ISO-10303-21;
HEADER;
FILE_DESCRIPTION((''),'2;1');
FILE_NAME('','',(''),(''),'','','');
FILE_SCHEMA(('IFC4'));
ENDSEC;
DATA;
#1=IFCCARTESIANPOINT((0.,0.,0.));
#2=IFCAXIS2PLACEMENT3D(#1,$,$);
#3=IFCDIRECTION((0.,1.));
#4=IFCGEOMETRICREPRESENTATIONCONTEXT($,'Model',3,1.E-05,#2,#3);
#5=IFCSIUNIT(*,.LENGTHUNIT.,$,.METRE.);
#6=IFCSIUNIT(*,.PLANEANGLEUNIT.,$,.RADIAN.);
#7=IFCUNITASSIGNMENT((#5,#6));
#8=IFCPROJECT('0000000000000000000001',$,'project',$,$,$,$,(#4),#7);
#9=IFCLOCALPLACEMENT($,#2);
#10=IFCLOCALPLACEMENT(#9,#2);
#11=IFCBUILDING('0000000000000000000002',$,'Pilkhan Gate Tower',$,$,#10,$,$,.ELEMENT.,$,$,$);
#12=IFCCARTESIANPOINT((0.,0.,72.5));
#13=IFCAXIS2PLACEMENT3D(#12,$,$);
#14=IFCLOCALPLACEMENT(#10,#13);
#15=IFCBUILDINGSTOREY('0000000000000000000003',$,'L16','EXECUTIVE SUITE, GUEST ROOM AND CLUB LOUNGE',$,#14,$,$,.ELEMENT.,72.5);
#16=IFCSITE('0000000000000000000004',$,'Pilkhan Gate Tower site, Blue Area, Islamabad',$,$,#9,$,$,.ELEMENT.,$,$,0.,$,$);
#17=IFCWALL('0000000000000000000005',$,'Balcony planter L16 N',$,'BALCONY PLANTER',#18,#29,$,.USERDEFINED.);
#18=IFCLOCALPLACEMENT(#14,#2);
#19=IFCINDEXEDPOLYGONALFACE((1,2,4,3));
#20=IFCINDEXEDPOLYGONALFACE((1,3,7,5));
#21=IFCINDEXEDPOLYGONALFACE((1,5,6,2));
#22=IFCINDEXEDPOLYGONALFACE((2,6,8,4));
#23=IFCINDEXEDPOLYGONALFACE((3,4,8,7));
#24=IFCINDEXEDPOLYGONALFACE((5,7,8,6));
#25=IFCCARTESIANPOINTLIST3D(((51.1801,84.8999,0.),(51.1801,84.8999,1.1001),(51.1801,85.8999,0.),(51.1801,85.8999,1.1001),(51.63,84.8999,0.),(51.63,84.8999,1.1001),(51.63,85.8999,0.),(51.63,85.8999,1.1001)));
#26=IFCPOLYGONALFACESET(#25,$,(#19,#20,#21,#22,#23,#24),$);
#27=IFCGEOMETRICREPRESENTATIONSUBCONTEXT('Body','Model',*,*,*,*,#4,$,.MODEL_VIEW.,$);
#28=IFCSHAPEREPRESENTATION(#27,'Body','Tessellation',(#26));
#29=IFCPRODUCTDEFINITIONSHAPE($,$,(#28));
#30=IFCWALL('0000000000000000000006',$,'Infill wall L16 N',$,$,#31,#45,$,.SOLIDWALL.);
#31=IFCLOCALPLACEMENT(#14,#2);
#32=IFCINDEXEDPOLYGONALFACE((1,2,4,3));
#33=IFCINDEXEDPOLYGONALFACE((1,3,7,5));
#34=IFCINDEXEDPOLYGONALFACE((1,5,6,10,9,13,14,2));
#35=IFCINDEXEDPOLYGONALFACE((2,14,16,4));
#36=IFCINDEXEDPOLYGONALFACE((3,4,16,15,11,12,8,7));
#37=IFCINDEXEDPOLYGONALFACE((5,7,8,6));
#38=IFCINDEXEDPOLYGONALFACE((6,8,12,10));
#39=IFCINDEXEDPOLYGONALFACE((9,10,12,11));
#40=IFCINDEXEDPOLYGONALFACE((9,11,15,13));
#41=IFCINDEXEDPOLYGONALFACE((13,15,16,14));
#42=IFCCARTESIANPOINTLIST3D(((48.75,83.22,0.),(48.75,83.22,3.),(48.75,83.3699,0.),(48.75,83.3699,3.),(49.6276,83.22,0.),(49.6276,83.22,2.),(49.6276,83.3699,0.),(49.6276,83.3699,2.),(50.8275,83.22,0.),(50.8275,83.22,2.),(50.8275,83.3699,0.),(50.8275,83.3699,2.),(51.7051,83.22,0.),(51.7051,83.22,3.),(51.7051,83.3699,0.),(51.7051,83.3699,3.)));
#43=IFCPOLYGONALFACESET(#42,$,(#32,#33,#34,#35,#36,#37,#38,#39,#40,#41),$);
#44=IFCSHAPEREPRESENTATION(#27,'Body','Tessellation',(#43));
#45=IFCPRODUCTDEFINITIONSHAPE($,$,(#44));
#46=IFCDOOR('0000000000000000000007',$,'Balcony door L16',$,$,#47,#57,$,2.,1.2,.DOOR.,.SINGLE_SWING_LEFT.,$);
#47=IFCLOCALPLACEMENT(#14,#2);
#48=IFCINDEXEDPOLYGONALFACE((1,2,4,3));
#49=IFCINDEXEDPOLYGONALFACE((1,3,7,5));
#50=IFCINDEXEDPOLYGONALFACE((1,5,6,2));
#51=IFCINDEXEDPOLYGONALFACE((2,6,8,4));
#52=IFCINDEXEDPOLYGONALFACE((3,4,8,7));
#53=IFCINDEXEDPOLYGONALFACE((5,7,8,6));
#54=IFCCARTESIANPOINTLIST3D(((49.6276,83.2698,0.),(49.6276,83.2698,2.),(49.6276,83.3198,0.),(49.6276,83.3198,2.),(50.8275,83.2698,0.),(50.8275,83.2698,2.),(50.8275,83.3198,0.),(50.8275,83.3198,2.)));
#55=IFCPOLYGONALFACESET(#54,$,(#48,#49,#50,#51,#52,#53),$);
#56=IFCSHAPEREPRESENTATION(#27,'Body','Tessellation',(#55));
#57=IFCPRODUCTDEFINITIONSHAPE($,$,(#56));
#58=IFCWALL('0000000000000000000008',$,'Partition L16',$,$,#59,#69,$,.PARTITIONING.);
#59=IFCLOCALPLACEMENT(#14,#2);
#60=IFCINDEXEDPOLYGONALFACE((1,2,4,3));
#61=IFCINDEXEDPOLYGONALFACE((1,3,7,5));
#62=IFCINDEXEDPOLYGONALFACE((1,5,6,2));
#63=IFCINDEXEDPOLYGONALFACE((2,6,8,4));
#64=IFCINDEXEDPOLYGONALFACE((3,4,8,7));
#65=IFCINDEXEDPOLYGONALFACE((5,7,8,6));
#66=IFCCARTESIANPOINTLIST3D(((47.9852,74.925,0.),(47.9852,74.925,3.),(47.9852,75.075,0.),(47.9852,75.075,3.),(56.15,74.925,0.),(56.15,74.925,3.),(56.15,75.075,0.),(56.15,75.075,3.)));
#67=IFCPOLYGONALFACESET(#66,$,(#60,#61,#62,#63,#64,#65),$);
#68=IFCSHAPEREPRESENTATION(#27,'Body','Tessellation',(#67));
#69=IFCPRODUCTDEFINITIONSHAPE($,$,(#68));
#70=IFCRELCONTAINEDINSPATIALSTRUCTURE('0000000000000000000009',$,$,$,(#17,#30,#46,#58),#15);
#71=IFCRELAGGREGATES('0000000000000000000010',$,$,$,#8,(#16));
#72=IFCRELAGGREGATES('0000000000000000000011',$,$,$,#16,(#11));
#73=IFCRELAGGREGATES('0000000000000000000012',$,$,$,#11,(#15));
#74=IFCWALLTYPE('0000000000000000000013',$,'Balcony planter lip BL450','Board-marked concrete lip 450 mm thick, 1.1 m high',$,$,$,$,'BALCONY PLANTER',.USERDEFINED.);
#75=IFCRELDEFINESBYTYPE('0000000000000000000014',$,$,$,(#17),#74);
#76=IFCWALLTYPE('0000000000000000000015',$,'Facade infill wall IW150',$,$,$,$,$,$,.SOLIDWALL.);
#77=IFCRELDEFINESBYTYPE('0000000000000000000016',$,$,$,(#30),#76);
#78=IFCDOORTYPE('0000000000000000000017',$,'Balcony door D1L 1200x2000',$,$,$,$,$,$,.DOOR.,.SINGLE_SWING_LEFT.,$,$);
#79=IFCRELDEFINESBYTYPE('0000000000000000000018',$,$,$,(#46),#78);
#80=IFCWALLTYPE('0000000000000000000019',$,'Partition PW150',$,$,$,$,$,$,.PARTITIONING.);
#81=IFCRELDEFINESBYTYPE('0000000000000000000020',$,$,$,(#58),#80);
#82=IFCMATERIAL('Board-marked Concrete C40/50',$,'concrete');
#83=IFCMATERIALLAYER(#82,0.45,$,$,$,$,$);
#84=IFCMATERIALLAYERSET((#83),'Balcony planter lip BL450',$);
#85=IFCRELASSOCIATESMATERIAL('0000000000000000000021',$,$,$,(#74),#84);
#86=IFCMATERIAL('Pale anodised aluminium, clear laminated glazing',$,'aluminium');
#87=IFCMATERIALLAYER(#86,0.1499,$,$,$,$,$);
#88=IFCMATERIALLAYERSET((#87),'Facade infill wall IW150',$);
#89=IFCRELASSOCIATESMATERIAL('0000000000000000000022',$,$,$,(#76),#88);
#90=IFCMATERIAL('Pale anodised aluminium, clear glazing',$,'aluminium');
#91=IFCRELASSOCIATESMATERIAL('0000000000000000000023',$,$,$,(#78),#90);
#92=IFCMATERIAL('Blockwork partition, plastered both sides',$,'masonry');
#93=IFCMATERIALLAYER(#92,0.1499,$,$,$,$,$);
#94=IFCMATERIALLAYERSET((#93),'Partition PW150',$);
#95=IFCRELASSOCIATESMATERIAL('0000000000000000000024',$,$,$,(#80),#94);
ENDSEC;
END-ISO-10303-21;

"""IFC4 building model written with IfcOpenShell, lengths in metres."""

from ifc_helpers import new_model, si_unit, direction, frame, frame_2d, origin, place, context, subcontext, project, spatial, rectangle, extrude, material, layer, layer_set, type_object, element, fill, save


model = new_model("IFC4")

# Units and contexts
model_context = context("Model", 3, precision=1e-05, world=origin(), true_north=direction((0.0, 1.0)))
body_context = subcontext(model_context, "Body", "Model", "MODEL_VIEW")
ifc_project = project(units=[si_unit("LENGTHUNIT", "METRE"), si_unit("PLANEANGLEUNIT", "RADIAN")], contexts=[model_context])

# Site, building, storey
site_placement = place(None, origin())
site = spatial("IfcSite", under=ifc_project, at=site_placement, Name="Pilkhan Gate Tower site, Blue Area, Islamabad", CompositionType="ELEMENT", RefElevation=0.0)
building_placement = place(site_placement, origin())
building = spatial("IfcBuilding", under=site, at=building_placement, Name="Pilkhan Gate Tower", CompositionType="ELEMENT")
storey_placement = place(building_placement, frame((0.0, 0.0, 72.5)))
storey = spatial("IfcBuildingStorey", under=building, at=storey_placement, Name="L16", Description="EXECUTIVE SUITE, GUEST ROOM AND CLUB LOUNGE", CompositionType="ELEMENT", Elevation=72.5)

# Wall
ifc_material_1 = material(Name="Board-marked Concrete C40/50", Category="concrete")
ifc_layer_1 = layer(ifc_material_1, 0.45)
ifc_layer_set_1 = layer_set([ifc_layer_1], Name="Balcony planter lip BL450")
wall_type_1 = type_object("IfcWallType", Name="Balcony planter lip BL450", Description="Board-marked concrete lip 450 mm thick, 1.1 m high", ElementType="BALCONY PLANTER", PredefinedType="USERDEFINED", material=ifc_layer_set_1)
for number, where, z_axis, x_axis, name in (
    (1, (51.405, 84.8999, 0.0), (0.0, 0.0, 1.0), (0.0, 1.0, 0.0), "Balcony planter L16 N"),
):
    element("IfcWall", number, at=place(storey_placement, frame(where, z_axis=z_axis, x_axis=x_axis)), inside=storey, type_object=wall_type_1, Name=name, ObjectType="BALCONY PLANTER", PredefinedType="USERDEFINED", context=body_context, shape_type="SweptSolid", body=[
        extrude(rectangle(XDim=1.0, YDim=0.45, at=frame_2d((0.5, 0.0))), origin(), (0.0, 0.0, 1.0), 1.1001),
    ])

# Wall, opening, door
ifc_material_2 = material(Name="Pale anodised aluminium, clear laminated glazing", Category="aluminium")
ifc_layer_2 = layer(ifc_material_2, 0.1499)
ifc_layer_set_2 = layer_set([ifc_layer_2], Name="Facade infill wall IW150")
wall_type_2 = type_object("IfcWallType", Name="Facade infill wall IW150", PredefinedType="SOLIDWALL", material=ifc_layer_set_2)
wall_1_placement = place(storey_placement, frame((48.75, 83.2949, 0.0), z_axis=(0.0, 0.0, 1.0), x_axis=(1.0, 0.0, 0.0)))
wall_1 = element("IfcWall", 2, at=wall_1_placement, inside=storey, type_object=wall_type_2, Name="Infill wall L16 N", PredefinedType="SOLIDWALL", context=body_context, shape_type="SweptSolid", body=[
    extrude(rectangle(XDim=2.9551, YDim=0.1499, at=frame_2d((1.4775, 0.0))), origin(), (0.0, 0.0, 1.0), 3.0),
])
opening_placement = place(wall_1_placement, frame((0.8774, 0.0, 0.0)))
opening = element("IfcOpeningElement", 3, at=opening_placement, cuts=wall_1, PredefinedType="OPENING", context=body_context, shape_type="SweptSolid", body=[
    extrude(rectangle(XDim=1.2, YDim=2.0, at=frame_2d((0.6001, 1.0))), frame((0.0, 0.085, 0.0), z_axis=(0.0, -1.0, 0.0), x_axis=(1.0, 0.0, 0.0)), (0.0, 0.0, 1.0), 0.1699),
])
ifc_material_3 = material(Name="Pale anodised aluminium, clear glazing", Category="aluminium")
door_type = type_object("IfcDoorType", Name="Balcony door D1L 1200x2000", OperationType="SINGLE_SWING_LEFT", PredefinedType="DOOR", material=ifc_material_3)
door_placement = place(opening_placement, origin())
door = element("IfcDoor", 4, at=door_placement, inside=storey, type_object=door_type, Name="Balcony door L16", OperationType="SINGLE_SWING_LEFT", OverallHeight=2.0, OverallWidth=1.2, PredefinedType="DOOR", context=body_context, shape_type="SweptSolid", body=[
    extrude(rectangle(XDim=1.2, YDim=2.0, at=frame_2d((0.6001, 1.0))), frame((0.0, 0.0249, 0.0), z_axis=(0.0, -1.0, 0.0), x_axis=(1.0, 0.0, 0.0)), (0.0, 0.0, 1.0), 0.05),
])
fill(opening, door)

# Wall
ifc_material_4 = material(Name="Blockwork partition, plastered both sides", Category="masonry")
ifc_layer_3 = layer(ifc_material_4, 0.1499)
ifc_layer_set_3 = layer_set([ifc_layer_3], Name="Partition PW150")
wall_type_3 = type_object("IfcWallType", Name="Partition PW150", PredefinedType="PARTITIONING", material=ifc_layer_set_3)
wall_2_placement = place(storey_placement, frame((47.9851, 75.0, 0.0), z_axis=(0.0, 0.0, 1.0), x_axis=(1.0, 0.0, 0.0)))
element("IfcWall", 5, at=wall_2_placement, inside=storey, type_object=wall_type_3, Name="Partition L16", PredefinedType="PARTITIONING", context=body_context, shape_type="SweptSolid", body=[
    extrude(rectangle(XDim=8.1648, YDim=0.1499, at=frame_2d((4.0825, 0.0))), origin(), (0.0, 0.0, 1.0), 3.0),
])

save(model, "model.ifc")
